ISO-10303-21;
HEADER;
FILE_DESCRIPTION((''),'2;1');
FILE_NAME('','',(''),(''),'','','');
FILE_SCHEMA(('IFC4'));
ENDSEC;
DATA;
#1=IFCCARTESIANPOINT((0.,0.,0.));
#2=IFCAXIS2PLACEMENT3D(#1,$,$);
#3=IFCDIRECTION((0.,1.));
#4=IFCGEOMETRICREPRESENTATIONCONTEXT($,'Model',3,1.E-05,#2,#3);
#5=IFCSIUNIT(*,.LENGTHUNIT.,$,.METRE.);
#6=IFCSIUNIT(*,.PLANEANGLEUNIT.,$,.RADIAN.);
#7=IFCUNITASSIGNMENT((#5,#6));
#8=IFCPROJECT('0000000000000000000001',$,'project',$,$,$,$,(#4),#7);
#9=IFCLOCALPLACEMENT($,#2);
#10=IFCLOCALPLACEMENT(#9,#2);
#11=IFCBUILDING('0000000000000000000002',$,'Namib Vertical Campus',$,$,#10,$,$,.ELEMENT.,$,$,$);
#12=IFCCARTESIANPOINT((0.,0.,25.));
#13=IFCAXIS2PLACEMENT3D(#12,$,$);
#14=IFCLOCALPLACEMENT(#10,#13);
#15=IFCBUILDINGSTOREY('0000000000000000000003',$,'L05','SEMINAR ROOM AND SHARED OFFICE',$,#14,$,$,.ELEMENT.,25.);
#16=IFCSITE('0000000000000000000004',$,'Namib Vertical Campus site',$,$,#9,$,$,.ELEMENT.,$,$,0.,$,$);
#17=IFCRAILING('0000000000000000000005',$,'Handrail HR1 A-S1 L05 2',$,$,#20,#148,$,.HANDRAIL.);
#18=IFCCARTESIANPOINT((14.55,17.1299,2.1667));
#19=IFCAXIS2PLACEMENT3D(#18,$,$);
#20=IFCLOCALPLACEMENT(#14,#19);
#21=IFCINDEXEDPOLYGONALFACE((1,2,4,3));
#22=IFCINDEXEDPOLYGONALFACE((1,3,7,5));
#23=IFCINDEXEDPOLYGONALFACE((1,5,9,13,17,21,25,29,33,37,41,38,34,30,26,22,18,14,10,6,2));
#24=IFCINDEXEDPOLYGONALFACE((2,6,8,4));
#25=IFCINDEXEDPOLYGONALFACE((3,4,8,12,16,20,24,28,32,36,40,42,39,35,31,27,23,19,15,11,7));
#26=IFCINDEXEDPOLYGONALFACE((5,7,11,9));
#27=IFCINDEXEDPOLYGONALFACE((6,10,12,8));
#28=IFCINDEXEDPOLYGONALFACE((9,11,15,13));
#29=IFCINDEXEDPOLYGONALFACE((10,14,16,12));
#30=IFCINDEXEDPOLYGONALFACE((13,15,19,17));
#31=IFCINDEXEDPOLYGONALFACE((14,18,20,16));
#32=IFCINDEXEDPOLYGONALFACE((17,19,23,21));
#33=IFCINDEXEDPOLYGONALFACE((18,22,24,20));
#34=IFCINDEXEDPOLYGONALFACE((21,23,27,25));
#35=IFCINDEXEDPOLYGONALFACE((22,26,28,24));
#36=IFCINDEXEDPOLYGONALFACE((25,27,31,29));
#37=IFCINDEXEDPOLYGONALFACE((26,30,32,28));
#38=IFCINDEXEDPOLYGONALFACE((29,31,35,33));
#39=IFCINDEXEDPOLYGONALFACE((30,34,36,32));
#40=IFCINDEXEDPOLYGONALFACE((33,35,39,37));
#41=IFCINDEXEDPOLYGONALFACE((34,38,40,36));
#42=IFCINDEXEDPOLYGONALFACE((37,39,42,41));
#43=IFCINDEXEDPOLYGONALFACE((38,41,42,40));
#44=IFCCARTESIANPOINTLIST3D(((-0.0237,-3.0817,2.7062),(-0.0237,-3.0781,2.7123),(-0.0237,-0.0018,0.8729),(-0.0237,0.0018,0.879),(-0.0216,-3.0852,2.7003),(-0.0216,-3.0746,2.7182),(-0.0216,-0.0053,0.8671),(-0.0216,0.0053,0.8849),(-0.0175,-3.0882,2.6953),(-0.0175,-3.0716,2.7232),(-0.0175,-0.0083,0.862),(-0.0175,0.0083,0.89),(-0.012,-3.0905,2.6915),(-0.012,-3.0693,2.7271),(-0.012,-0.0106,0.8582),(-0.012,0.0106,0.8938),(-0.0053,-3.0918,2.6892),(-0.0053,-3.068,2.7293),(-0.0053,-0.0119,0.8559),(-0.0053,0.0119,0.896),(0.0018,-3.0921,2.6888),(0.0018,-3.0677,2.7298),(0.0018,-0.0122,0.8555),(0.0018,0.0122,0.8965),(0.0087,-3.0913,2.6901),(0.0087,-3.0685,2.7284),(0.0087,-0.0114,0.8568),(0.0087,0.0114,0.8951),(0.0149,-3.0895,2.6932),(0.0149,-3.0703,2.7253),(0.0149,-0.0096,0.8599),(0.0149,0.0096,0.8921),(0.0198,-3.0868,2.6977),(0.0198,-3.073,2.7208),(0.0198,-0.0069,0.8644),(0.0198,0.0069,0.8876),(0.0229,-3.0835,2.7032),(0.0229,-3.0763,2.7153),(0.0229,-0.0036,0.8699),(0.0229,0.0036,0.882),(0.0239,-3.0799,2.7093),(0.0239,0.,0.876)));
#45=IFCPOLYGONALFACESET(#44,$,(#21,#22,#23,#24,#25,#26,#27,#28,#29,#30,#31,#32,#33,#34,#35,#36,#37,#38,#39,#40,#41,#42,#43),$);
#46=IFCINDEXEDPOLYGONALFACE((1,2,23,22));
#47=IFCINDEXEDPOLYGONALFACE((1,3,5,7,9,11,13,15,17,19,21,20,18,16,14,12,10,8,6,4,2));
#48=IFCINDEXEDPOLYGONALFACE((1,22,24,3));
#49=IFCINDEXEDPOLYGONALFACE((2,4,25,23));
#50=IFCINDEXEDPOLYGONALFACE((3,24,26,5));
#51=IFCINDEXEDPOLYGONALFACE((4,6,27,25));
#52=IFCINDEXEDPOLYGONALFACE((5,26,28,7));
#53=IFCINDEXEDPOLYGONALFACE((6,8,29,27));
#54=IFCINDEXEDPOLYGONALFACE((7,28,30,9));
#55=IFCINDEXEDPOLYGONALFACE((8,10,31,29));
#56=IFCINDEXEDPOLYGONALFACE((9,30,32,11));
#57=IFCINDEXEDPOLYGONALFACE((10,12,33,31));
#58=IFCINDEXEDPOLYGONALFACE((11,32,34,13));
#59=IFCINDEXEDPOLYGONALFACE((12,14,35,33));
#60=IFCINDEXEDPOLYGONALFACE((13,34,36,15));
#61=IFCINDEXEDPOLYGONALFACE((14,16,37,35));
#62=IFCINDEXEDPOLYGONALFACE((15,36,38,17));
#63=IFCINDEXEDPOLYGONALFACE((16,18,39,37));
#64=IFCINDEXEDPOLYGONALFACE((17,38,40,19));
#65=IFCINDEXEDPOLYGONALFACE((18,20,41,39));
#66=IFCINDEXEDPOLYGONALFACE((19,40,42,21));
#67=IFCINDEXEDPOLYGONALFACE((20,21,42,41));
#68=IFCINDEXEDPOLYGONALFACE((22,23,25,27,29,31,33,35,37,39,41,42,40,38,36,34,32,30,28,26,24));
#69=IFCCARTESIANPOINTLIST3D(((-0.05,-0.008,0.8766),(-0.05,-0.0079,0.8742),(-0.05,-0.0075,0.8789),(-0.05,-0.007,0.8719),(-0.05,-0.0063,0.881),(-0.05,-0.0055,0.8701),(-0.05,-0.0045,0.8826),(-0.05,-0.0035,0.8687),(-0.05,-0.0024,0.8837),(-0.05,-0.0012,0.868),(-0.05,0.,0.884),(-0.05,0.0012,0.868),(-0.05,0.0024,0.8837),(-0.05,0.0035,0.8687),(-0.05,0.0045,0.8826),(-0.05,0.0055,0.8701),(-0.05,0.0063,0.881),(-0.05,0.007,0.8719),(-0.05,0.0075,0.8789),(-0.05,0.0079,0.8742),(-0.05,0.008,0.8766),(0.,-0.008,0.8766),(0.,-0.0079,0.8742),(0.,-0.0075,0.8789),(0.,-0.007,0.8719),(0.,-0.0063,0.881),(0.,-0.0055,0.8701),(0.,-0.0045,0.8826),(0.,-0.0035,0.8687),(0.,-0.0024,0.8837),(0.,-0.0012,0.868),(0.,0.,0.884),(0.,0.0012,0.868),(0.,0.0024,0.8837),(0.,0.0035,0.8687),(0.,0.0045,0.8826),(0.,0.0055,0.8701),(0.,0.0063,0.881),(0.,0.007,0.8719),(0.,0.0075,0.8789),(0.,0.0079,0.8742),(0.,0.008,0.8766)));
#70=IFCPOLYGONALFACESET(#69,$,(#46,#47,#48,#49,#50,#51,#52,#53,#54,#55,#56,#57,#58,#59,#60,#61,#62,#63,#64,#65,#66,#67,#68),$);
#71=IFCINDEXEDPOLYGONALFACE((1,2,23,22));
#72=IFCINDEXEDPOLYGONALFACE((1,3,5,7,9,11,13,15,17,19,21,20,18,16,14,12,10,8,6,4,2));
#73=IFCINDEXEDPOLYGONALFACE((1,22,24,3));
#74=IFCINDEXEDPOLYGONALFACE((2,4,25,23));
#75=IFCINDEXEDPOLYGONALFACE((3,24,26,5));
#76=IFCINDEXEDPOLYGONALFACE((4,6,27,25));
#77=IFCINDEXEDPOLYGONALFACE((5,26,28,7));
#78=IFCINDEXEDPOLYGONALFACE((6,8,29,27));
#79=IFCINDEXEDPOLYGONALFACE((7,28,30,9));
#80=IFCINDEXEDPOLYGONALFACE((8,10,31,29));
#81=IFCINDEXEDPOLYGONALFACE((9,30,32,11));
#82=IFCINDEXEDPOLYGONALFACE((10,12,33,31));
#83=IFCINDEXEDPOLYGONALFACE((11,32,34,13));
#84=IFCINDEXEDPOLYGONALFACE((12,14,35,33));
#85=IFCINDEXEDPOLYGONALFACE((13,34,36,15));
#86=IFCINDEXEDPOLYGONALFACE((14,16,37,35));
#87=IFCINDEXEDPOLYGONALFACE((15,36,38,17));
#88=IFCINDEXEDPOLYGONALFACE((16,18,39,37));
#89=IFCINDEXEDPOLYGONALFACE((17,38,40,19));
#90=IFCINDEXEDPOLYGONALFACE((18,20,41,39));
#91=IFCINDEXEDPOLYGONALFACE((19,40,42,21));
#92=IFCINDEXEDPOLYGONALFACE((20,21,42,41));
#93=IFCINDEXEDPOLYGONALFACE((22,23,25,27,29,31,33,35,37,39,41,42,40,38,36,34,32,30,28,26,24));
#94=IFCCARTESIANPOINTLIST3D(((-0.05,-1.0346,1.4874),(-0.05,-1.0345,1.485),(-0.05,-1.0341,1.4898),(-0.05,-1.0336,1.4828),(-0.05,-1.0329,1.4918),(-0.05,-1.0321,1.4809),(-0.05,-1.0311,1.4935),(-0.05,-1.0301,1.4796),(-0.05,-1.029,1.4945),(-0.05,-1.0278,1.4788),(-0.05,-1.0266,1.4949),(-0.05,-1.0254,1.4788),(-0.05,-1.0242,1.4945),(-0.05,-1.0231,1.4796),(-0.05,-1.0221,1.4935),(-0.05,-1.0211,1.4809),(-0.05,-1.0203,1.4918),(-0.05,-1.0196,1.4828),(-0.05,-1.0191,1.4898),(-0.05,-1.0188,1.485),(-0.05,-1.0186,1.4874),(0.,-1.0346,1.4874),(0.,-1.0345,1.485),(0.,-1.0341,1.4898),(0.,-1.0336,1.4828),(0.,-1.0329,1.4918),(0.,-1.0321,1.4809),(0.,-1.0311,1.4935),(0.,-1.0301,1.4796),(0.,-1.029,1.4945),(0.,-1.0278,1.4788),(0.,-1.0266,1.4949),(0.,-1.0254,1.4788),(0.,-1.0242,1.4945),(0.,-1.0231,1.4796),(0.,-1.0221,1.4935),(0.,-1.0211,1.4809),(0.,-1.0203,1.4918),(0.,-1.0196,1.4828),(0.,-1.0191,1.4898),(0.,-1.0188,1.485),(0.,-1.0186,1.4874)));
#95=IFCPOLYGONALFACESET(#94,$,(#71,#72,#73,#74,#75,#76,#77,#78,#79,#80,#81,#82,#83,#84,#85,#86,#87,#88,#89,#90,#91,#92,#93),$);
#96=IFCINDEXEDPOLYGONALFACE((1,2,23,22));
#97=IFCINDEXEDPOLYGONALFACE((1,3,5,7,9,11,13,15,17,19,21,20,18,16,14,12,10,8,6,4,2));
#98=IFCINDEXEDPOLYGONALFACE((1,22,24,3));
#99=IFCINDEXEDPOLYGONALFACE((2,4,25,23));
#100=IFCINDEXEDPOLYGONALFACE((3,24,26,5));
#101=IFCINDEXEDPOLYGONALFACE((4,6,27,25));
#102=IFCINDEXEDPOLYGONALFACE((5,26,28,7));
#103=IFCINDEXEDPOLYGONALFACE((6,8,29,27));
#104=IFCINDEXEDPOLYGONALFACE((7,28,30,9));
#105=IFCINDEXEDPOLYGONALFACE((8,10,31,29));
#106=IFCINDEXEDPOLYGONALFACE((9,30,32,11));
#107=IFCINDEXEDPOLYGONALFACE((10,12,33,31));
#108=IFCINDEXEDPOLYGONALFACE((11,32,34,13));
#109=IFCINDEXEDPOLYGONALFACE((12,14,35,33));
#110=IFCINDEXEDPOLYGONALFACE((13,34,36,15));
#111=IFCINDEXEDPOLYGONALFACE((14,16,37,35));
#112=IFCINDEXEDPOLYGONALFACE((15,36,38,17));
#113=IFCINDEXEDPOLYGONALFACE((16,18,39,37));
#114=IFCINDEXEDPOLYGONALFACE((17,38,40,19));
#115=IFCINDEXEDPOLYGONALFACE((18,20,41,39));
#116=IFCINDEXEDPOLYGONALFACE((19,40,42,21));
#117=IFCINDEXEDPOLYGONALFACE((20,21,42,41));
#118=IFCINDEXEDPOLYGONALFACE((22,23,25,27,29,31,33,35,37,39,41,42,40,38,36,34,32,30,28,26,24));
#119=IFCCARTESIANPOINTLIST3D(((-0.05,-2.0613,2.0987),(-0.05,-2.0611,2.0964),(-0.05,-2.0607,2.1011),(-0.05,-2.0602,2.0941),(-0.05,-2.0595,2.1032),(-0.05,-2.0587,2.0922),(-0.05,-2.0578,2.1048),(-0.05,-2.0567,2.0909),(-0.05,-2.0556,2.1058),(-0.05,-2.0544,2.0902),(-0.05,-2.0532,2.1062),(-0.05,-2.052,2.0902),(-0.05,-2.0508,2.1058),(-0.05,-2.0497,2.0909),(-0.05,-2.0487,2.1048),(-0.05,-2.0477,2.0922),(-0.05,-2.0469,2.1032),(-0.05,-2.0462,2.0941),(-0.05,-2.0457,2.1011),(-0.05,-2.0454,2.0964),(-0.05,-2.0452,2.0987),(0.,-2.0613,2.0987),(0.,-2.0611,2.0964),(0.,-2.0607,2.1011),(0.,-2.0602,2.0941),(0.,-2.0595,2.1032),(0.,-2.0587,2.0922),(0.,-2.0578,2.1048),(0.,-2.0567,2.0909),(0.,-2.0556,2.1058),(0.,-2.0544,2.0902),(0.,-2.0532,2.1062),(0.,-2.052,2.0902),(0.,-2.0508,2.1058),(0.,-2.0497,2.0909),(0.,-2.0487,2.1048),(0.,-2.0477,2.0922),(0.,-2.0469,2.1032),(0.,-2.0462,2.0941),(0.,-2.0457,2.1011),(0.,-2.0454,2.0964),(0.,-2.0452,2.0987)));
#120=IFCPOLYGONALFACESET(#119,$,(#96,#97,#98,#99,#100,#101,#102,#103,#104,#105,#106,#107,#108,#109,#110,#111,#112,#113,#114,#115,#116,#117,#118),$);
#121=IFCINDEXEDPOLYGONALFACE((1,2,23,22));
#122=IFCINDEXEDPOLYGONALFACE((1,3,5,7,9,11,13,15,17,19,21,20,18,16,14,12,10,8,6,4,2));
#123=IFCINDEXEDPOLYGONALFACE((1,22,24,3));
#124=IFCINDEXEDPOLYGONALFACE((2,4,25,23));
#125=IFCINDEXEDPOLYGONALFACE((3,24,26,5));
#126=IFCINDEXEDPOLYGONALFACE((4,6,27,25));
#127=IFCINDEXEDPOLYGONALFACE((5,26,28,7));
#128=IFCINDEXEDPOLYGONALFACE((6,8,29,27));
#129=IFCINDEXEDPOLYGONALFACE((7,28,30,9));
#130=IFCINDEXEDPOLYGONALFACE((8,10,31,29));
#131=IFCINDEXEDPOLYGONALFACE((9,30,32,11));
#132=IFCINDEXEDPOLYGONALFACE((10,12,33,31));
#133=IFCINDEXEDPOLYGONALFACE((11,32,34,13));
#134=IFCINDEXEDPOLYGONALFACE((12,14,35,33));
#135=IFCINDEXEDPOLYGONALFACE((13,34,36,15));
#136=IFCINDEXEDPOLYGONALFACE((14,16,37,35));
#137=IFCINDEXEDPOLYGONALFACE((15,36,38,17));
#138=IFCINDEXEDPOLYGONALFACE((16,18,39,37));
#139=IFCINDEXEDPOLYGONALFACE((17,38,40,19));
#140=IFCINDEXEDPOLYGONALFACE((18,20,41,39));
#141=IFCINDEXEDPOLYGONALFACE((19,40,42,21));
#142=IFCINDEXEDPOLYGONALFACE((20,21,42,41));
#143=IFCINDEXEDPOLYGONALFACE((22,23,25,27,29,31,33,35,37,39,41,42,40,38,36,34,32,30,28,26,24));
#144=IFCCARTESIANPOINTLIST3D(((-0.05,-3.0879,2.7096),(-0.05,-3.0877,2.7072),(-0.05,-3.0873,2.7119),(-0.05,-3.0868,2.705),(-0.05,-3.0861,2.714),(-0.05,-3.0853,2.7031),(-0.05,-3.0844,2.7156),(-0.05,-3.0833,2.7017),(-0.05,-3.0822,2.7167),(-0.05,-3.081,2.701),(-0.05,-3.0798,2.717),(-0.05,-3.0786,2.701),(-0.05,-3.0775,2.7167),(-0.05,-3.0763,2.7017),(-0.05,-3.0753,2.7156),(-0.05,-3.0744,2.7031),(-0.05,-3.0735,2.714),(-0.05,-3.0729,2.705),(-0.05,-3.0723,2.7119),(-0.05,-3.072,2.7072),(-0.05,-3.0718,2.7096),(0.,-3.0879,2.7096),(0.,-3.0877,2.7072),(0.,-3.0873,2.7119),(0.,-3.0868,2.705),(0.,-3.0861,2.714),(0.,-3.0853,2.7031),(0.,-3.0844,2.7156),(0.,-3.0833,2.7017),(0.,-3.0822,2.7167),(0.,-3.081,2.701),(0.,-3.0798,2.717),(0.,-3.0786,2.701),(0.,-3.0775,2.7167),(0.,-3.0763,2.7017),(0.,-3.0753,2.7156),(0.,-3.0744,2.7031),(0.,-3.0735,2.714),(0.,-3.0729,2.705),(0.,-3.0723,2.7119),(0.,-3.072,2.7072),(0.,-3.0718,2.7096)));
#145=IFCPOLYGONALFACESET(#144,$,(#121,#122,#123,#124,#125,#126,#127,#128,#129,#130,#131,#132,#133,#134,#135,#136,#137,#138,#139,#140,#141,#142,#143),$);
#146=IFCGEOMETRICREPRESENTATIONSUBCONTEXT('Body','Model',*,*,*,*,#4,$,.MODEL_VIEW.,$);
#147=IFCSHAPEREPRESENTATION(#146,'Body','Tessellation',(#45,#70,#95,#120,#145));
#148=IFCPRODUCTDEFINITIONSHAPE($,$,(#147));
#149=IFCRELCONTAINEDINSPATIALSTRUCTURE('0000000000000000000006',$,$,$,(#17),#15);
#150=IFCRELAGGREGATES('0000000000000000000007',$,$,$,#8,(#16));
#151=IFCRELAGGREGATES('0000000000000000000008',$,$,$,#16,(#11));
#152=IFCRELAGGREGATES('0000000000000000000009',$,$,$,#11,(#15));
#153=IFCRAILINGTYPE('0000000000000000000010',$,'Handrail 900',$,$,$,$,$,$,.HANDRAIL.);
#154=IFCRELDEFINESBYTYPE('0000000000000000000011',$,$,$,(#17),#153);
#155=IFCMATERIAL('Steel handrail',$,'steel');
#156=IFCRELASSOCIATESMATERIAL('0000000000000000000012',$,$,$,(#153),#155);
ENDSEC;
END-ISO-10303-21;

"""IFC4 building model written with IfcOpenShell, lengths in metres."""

from ifc_helpers import new_model, si_unit, direction, frame, origin, origin_2d, place, context, subcontext, project, spatial, circle, extrude, material, type_object, element, save


model = new_model("IFC4")

# Units and contexts
model_context = context("Model", 3, precision=1e-05, world=origin(), true_north=direction((0.0, 1.0)))
body_context = subcontext(model_context, "Body", "Model", "MODEL_VIEW")
ifc_project = project(units=[si_unit("LENGTHUNIT", "METRE"), si_unit("PLANEANGLEUNIT", "RADIAN")], contexts=[model_context])

# Site, building, storey
site_placement = place(None, origin())
site = spatial("IfcSite", under=ifc_project, at=site_placement, Name="Namib Vertical Campus site", CompositionType="ELEMENT", RefElevation=0.0)
building_placement = place(site_placement, origin())
building = spatial("IfcBuilding", under=site, at=building_placement, Name="Namib Vertical Campus", CompositionType="ELEMENT")
storey_placement = place(building_placement, frame((0.0, 0.0, 25.0)))
storey = spatial("IfcBuildingStorey", under=building, at=storey_placement, Name="L05", Description="SEMINAR ROOM AND SHARED OFFICE", CompositionType="ELEMENT", Elevation=25.0)

# Railing
ifc_material_1 = material(Name="Steel handrail", Category="steel")
railing_type_1 = type_object("IfcRailingType", Name="Handrail 900", PredefinedType="HANDRAIL", material=ifc_material_1)
railing_1_placement = place(storey_placement, frame((14.55, 17.1299, 2.1667)))
element("IfcRailing", 1, at=railing_1_placement, inside=storey, type_object=railing_type_1, Name="Handrail HR1 A-S1 L05 2", PredefinedType="HANDRAIL", context=body_context, shape_type="SweptSolid", body=[
    extrude(circle(Radius=0.0239, at=origin_2d()), frame((0.0, 0.0, 0.876), z_axis=(0.0, -0.859291, 0.511487), x_axis=(1.0, 0.0, 0.0)), (0.0, 0.0, 1.0), 3.5842),
    extrude(circle(Radius=0.0081, at=origin_2d()), frame((0.0, 0.0, 0.876), z_axis=(-1.0, 0.0, 0.0), x_axis=(0.0, 0.0, 1.0)), (0.0, 0.0, 1.0), 0.05),
    extrude(circle(Radius=0.0081, at=origin_2d()), frame((0.0, -1.0266, 1.4868), z_axis=(-1.0, 0.0, 0.0), x_axis=(0.0, 0.0, 1.0)), (0.0, 0.0, 1.0), 0.05),
    extrude(circle(Radius=0.0081, at=origin_2d()), frame((0.0, -2.0532, 2.0981), z_axis=(-1.0, 0.0, 0.0), x_axis=(0.0, 0.0, 1.0)), (0.0, 0.0, 1.0), 0.05),
    extrude(circle(Radius=0.0081, at=origin_2d()), frame((0.0, -3.0798, 2.709), z_axis=(-1.0, 0.0, 0.0), x_axis=(0.0, 0.0, 1.0)), (0.0, 0.0, 1.0), 0.05),
])

save(model, "model.ifc")
